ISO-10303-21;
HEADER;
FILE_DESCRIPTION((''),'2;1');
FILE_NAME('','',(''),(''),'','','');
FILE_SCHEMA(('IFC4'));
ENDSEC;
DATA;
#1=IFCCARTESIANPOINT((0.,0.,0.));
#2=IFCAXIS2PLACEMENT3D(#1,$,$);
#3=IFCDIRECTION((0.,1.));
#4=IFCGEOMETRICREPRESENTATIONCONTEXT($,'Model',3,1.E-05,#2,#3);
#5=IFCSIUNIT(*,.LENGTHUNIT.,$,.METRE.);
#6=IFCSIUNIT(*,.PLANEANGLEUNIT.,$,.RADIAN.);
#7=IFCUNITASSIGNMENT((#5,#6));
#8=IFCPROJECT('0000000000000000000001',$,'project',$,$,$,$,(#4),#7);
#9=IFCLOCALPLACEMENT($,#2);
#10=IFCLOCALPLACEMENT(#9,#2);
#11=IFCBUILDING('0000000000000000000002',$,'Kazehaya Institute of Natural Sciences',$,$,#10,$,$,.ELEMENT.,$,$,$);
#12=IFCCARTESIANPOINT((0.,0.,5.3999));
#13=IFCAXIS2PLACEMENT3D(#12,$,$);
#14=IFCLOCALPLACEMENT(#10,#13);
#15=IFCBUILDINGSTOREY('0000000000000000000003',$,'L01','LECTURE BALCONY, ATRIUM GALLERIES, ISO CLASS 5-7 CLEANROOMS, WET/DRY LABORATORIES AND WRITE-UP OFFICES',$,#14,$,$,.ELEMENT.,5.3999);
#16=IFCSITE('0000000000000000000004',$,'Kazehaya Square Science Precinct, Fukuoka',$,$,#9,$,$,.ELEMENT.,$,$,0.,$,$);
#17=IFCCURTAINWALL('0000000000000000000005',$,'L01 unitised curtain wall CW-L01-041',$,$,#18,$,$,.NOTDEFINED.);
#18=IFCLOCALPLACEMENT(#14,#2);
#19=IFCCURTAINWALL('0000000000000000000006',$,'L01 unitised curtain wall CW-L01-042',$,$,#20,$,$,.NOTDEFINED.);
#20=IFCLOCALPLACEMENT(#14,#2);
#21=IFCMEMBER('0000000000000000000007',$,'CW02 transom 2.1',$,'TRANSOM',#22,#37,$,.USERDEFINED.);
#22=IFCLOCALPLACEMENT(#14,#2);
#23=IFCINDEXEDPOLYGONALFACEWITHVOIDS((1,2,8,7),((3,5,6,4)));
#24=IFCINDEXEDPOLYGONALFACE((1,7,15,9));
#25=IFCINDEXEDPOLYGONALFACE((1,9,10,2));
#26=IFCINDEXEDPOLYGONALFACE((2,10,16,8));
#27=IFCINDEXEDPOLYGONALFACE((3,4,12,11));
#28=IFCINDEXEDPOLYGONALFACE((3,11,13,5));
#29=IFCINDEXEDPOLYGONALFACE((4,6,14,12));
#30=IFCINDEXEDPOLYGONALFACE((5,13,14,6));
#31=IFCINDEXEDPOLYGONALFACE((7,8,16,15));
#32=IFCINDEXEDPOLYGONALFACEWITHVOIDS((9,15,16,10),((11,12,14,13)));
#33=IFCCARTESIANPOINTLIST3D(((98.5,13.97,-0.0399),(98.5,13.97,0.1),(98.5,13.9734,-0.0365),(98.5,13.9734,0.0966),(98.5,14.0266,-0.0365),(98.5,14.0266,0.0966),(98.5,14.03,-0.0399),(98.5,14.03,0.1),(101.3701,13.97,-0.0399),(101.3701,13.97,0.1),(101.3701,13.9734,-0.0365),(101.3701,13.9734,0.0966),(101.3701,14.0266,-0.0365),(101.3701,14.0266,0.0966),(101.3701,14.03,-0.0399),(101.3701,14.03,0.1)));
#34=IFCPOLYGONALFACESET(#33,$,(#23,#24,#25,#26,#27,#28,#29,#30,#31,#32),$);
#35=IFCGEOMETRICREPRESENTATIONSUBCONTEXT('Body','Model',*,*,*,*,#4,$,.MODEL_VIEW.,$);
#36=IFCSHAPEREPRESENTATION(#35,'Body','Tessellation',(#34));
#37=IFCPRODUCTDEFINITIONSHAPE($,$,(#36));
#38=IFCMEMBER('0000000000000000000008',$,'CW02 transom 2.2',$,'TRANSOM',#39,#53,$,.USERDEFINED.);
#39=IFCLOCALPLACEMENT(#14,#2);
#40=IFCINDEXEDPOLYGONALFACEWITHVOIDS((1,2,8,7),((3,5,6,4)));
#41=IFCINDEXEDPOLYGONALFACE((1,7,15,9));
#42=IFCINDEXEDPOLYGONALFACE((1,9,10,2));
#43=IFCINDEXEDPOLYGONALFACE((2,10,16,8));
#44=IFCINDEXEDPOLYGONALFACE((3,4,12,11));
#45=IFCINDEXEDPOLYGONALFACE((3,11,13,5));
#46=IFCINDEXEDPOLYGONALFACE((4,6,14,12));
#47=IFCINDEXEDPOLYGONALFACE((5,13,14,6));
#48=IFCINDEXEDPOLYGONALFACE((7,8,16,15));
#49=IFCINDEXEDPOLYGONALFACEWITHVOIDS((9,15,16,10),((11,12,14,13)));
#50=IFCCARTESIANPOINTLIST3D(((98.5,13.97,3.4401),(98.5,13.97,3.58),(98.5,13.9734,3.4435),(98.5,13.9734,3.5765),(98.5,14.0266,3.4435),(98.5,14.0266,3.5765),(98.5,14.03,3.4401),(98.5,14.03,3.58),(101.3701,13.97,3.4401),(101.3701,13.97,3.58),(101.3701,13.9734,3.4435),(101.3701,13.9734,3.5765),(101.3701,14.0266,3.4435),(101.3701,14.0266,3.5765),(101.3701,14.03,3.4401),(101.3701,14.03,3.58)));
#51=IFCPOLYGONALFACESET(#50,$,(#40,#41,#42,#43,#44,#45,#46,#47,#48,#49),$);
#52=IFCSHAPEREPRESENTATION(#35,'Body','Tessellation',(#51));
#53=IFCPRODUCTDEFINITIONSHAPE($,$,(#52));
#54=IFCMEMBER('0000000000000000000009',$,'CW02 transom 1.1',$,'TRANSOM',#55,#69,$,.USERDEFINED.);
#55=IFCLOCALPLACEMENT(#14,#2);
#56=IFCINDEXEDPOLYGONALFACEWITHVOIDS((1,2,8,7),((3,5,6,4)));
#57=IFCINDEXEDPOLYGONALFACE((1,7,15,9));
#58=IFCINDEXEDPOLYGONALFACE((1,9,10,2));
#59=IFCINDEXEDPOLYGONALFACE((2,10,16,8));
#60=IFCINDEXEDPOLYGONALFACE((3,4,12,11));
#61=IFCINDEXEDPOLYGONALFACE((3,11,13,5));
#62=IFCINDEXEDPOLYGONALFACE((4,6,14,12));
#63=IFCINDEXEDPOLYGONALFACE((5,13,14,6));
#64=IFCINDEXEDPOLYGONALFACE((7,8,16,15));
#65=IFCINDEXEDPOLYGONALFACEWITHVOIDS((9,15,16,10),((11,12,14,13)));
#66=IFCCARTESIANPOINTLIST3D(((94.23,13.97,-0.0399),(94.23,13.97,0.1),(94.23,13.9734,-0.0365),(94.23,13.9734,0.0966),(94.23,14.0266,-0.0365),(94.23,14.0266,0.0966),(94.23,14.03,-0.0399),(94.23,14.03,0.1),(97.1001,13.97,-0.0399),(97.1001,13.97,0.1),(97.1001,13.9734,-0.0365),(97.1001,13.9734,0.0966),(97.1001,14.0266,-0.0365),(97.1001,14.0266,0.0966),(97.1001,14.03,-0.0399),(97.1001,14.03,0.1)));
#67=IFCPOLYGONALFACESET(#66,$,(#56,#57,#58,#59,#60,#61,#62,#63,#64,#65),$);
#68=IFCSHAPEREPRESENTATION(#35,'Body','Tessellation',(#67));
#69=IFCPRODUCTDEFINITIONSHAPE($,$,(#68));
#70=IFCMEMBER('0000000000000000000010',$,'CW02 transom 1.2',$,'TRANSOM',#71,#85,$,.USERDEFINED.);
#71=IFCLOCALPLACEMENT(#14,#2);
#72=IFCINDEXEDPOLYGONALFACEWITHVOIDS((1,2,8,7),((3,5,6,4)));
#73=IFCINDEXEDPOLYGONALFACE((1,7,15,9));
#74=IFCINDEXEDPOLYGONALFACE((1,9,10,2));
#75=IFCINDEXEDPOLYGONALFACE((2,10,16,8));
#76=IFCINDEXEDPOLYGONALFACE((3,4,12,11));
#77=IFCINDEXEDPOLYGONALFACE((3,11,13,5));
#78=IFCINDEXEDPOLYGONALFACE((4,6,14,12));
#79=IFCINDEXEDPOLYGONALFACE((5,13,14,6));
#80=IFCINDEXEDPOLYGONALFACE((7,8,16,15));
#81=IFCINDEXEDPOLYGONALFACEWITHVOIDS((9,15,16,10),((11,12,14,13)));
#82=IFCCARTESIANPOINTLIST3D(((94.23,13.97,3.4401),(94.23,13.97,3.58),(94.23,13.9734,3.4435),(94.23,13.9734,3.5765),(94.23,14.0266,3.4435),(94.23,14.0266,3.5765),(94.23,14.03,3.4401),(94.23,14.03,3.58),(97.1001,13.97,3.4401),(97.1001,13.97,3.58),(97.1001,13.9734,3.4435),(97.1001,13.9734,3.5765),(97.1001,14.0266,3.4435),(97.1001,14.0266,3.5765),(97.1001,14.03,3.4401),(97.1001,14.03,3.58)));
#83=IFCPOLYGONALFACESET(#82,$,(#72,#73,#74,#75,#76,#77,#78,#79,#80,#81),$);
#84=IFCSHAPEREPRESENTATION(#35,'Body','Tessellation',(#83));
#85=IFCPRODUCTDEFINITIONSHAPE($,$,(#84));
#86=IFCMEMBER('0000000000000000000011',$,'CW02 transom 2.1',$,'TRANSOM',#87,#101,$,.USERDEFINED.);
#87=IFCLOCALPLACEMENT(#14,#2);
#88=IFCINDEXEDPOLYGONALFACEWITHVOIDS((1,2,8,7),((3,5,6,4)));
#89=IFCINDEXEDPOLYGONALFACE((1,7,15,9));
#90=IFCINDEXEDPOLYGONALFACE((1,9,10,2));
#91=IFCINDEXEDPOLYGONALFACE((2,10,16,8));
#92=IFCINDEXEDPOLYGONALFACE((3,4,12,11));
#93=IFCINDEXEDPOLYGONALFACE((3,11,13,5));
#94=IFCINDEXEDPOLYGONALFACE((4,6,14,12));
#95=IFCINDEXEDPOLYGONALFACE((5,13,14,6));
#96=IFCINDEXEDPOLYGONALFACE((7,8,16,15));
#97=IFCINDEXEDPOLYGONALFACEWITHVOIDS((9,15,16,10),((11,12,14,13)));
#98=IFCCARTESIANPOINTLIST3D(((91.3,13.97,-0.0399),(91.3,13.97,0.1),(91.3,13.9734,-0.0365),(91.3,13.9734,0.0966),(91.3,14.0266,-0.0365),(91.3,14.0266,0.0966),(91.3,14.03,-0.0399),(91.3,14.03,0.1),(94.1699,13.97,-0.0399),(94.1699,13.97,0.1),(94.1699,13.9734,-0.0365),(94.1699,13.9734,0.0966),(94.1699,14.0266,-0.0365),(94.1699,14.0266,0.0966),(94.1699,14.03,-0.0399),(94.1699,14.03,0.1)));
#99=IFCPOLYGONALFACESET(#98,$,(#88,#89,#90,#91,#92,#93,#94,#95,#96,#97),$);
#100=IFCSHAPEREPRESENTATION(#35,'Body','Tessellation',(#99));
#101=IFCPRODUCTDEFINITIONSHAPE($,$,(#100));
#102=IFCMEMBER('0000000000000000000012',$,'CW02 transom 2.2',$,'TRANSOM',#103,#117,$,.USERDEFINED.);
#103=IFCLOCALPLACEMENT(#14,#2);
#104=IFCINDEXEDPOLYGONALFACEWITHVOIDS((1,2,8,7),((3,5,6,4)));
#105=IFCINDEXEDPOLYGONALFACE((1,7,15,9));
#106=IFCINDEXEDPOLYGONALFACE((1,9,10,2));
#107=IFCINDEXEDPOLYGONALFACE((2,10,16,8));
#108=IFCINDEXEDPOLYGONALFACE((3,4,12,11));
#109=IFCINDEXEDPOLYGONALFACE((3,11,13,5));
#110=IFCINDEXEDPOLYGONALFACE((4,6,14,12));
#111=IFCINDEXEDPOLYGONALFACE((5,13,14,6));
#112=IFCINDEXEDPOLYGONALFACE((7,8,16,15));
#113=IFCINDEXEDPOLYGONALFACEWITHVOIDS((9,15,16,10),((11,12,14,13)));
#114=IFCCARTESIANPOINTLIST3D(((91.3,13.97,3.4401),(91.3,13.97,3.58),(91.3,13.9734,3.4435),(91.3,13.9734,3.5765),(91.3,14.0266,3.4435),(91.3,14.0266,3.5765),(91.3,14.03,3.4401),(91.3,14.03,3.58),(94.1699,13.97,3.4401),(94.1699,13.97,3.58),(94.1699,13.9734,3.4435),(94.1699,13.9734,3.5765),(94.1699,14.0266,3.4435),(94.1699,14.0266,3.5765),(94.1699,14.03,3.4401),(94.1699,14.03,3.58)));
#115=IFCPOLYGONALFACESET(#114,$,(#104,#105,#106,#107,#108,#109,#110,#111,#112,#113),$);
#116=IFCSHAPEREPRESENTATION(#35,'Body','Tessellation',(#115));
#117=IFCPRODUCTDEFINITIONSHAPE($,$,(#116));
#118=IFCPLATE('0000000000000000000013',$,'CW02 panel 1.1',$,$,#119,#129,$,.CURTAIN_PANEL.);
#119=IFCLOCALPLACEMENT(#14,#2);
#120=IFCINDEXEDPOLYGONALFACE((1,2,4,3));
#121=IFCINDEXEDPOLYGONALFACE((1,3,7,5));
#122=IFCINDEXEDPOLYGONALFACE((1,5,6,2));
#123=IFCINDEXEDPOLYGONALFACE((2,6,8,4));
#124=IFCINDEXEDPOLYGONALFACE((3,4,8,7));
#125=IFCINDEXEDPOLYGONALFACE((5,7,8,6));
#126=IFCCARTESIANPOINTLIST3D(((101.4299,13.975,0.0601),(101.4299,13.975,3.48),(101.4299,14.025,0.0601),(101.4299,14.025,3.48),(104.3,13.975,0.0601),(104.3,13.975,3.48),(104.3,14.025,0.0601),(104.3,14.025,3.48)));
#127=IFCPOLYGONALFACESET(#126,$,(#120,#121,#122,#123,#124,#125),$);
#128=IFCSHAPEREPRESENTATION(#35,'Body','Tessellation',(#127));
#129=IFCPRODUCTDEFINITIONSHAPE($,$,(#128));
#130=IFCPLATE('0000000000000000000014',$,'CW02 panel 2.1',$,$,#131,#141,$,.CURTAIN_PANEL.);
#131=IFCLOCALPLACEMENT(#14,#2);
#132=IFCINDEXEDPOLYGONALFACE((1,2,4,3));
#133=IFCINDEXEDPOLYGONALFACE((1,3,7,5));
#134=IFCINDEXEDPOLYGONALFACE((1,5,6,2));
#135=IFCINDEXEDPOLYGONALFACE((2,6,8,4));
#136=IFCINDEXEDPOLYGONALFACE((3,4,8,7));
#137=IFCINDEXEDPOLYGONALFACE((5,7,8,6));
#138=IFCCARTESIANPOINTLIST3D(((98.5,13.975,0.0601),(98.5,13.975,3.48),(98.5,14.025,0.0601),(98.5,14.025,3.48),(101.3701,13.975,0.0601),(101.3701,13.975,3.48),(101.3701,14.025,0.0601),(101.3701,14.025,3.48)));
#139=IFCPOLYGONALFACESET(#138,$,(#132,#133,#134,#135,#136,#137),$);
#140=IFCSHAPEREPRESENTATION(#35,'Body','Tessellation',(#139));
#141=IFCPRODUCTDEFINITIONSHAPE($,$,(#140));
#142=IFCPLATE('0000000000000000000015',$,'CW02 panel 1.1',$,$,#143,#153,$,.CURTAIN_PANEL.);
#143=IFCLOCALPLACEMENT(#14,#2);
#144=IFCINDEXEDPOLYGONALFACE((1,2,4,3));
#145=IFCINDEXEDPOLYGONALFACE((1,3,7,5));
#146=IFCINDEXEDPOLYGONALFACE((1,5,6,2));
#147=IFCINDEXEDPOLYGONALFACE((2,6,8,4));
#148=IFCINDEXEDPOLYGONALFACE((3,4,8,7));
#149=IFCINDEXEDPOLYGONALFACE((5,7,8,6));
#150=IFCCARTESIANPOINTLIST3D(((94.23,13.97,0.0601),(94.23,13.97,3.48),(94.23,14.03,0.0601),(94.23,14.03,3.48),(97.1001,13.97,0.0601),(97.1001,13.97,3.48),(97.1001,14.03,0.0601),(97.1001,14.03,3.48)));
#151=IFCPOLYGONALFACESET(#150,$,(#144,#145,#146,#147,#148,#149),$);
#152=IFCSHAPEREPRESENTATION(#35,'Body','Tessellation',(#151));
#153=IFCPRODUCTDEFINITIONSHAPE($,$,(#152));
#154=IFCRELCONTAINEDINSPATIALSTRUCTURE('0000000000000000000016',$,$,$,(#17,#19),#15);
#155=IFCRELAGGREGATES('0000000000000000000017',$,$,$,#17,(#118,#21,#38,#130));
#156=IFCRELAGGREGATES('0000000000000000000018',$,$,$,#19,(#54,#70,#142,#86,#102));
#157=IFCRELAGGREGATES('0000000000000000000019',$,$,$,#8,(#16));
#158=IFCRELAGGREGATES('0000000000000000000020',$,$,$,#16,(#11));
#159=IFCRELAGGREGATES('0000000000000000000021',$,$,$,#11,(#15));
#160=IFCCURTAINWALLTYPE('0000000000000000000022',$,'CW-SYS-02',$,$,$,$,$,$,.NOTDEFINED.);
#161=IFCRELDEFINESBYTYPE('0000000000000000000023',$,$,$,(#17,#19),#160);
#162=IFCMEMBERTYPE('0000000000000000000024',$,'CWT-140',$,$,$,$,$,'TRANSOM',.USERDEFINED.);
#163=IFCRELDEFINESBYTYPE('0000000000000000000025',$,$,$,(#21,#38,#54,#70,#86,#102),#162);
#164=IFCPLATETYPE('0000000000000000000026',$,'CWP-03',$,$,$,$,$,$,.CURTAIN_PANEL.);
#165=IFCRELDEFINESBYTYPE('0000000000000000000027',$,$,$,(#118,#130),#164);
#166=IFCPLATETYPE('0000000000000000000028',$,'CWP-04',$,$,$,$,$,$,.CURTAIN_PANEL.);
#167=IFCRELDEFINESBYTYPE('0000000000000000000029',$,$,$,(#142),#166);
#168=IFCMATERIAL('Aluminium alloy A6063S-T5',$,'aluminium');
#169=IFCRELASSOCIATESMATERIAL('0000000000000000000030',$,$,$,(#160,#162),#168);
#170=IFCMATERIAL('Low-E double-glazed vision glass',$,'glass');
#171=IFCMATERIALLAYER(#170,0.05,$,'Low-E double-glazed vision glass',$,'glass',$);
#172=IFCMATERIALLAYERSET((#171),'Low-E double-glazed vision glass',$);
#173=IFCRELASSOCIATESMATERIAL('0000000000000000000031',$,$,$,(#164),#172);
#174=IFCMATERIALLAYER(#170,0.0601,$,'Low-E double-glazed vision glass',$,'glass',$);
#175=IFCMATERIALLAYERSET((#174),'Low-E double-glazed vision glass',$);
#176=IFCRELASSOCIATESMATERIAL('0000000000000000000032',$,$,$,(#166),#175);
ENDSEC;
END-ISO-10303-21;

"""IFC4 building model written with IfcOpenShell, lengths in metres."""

from ifc_helpers import new_model, si_unit, direction, frame, origin, origin_2d, place, context, subcontext, project, spatial, rectangle, hollow_rectangle, extrude, material, layer, layer_set, material_profile, profile_set, type_object, element, aggregate, save


model = new_model("IFC4")

# Units and contexts
model_context = context("Model", 3, precision=1e-05, world=origin(), true_north=direction((0.0, 1.0)))
body_context = subcontext(model_context, "Body", "Model", "MODEL_VIEW")
ifc_project = project(units=[si_unit("LENGTHUNIT", "METRE"), si_unit("PLANEANGLEUNIT", "RADIAN")], contexts=[model_context])

# Site, building, storey
site_placement = place(None, origin())
site = spatial("IfcSite", under=ifc_project, at=site_placement, Name="Kazehaya Square Science Precinct, Fukuoka", CompositionType="ELEMENT", RefElevation=0.0)
building_placement = place(site_placement, origin())
building = spatial("IfcBuilding", under=site, at=building_placement, Name="Kazehaya Institute of Natural Sciences", CompositionType="ELEMENT")
storey_placement = place(building_placement, frame((0.0, 0.0, 5.3999)))
storey = spatial("IfcBuildingStorey", under=building, at=storey_placement, Name="L01", Description="LECTURE BALCONY, ATRIUM GALLERIES, ISO CLASS 5-7 CLEANROOMS, WET/DRY LABORATORIES AND WRITE-UP OFFICES", CompositionType="ELEMENT", Elevation=5.3999)

# Curtain walls
ifc_material_1 = material(Name="Aluminium alloy A6063S-T5", Category="aluminium")
curtain_wall_type = type_object("IfcCurtainWallType", Name="CW-SYS-02", PredefinedType="NOTDEFINED", material=ifc_material_1)
curtain_wall_1_placement = place(storey_placement, origin())
curtain_wall_1 = element("IfcCurtainWall", 1, at=curtain_wall_1_placement, inside=storey, type_object=curtain_wall_type, Name="L01 unitised curtain wall CW-L01-041", PredefinedType="NOTDEFINED")
curtain_wall_2_placement = place(storey_placement, origin())
curtain_wall_2 = element("IfcCurtainWall", 2, at=curtain_wall_2_placement, inside=storey, type_object=curtain_wall_type, Name="L01 unitised curtain wall CW-L01-042", PredefinedType="NOTDEFINED")

# Members
ifc_material_profile_1 = material_profile(ifc_material_1, hollow_rectangle(XDim=0.0601, YDim=0.1399, WallThickness=0.0034, at=origin_2d()), Name="ALU-60x140x3.5")
ifc_profile_set_1 = profile_set([ifc_material_profile_1], Name="Aluminium alloy A6063S-T5")
member_type_1 = type_object("IfcMemberType", Name="CWT-140", ElementType="TRANSOM", PredefinedType="USERDEFINED", material=ifc_profile_set_1)
member_1_placement = place(storey_placement, frame((101.3701, 14.0, 0.03), z_axis=(-1.0, 0.0, 0.0), x_axis=(0.0, -1.0, 0.0)))
member_1 = element("IfcMember", 3, at=member_1_placement, type_object=member_type_1, Name="CW02 transom 2.1", ObjectType="TRANSOM", PredefinedType="USERDEFINED", context=body_context, shape_type="SweptSolid", body=[
    extrude(hollow_rectangle(XDim=0.0601, YDim=0.1399, WallThickness=0.0034, at=origin_2d()), origin(), (0.0, 0.0, 1.0), 2.8701),
])
member_2_placement = place(storey_placement, frame((101.3701, 14.0, 3.51), z_axis=(-1.0, 0.0, 0.0), x_axis=(0.0, -1.0, 0.0)))
member_2 = element("IfcMember", 4, at=member_2_placement, type_object=member_type_1, Name="CW02 transom 2.2", ObjectType="TRANSOM", PredefinedType="USERDEFINED", context=body_context, shape_type="SweptSolid", body=[
    extrude(hollow_rectangle(XDim=0.0601, YDim=0.1399, WallThickness=0.0034, at=origin_2d()), origin(), (0.0, 0.0, 1.0), 2.8701),
])
member_3_placement = place(storey_placement, frame((97.1001, 14.0, 0.03), z_axis=(-1.0, 0.0, 0.0), x_axis=(0.0, -1.0, 0.0)))
member_3 = element("IfcMember", 5, at=member_3_placement, type_object=member_type_1, Name="CW02 transom 1.1", ObjectType="TRANSOM", PredefinedType="USERDEFINED", context=body_context, shape_type="SweptSolid", body=[
    extrude(hollow_rectangle(XDim=0.0601, YDim=0.1399, WallThickness=0.0034, at=origin_2d()), origin(), (0.0, 0.0, 1.0), 2.8701),
])
member_4_placement = place(storey_placement, frame((97.1001, 14.0, 3.51), z_axis=(-1.0, 0.0, 0.0), x_axis=(0.0, -1.0, 0.0)))
member_4 = element("IfcMember", 6, at=member_4_placement, type_object=member_type_1, Name="CW02 transom 1.2", ObjectType="TRANSOM", PredefinedType="USERDEFINED", context=body_context, shape_type="SweptSolid", body=[
    extrude(hollow_rectangle(XDim=0.0601, YDim=0.1399, WallThickness=0.0034, at=origin_2d()), origin(), (0.0, 0.0, 1.0), 2.8701),
])
member_5_placement = place(storey_placement, frame((94.1699, 14.0, 0.03), z_axis=(-1.0, 0.0, 0.0), x_axis=(0.0, -1.0, 0.0)))
member_5 = element("IfcMember", 7, at=member_5_placement, type_object=member_type_1, Name="CW02 transom 2.1", ObjectType="TRANSOM", PredefinedType="USERDEFINED", context=body_context, shape_type="SweptSolid", body=[
    extrude(hollow_rectangle(XDim=0.0601, YDim=0.1399, WallThickness=0.0034, at=origin_2d()), origin(), (0.0, 0.0, 1.0), 2.8699),
])
member_6_placement = place(storey_placement, frame((94.1699, 14.0, 3.51), z_axis=(-1.0, 0.0, 0.0), x_axis=(0.0, -1.0, 0.0)))
member_6 = element("IfcMember", 8, at=member_6_placement, type_object=member_type_1, Name="CW02 transom 2.2", ObjectType="TRANSOM", PredefinedType="USERDEFINED", context=body_context, shape_type="SweptSolid", body=[
    extrude(hollow_rectangle(XDim=0.0601, YDim=0.1399, WallThickness=0.0034, at=origin_2d()), origin(), (0.0, 0.0, 1.0), 2.8699),
])

# Plates
ifc_material_2 = material(Name="Low-E double-glazed vision glass", Category="glass")
ifc_layer_1 = layer(ifc_material_2, 0.05, Name="Low-E double-glazed vision glass", Category="glass")
ifc_layer_set_1 = layer_set([ifc_layer_1], Name="Low-E double-glazed vision glass")
plate_type_1 = type_object("IfcPlateType", Name="CWP-03", PredefinedType="CURTAIN_PANEL", material=ifc_layer_set_1)
plate_1_placement = place(storey_placement, frame((102.865, 14.0, 0.0601), z_axis=(0.0, 0.0, 1.0), x_axis=(-1.0, 0.0, 0.0)))
plate_1 = element("IfcPlate", 9, at=plate_1_placement, type_object=plate_type_1, Name="CW02 panel 1.1", PredefinedType="CURTAIN_PANEL", context=body_context, shape_type="SweptSolid", body=[
    extrude(rectangle(XDim=2.8701, YDim=0.05, at=origin_2d()), origin(), (0.0, 0.0, 1.0), 3.4199),
])
plate_2_placement = place(storey_placement, frame((99.9351, 14.0, 0.0601), z_axis=(0.0, 0.0, 1.0), x_axis=(-1.0, 0.0, 0.0)))
plate_2 = element("IfcPlate", 10, at=plate_2_placement, type_object=plate_type_1, Name="CW02 panel 2.1", PredefinedType="CURTAIN_PANEL", context=body_context, shape_type="SweptSolid", body=[
    extrude(rectangle(XDim=2.8701, YDim=0.05, at=origin_2d()), origin(), (0.0, 0.0, 1.0), 3.4199),
])
aggregate(curtain_wall_1, [plate_1, member_1, member_2, plate_2])
ifc_layer_2 = layer(ifc_material_2, 0.0601, Name="Low-E double-glazed vision glass", Category="glass")
ifc_layer_set_2 = layer_set([ifc_layer_2], Name="Low-E double-glazed vision glass")
plate_type_2 = type_object("IfcPlateType", Name="CWP-04", PredefinedType="CURTAIN_PANEL", material=ifc_layer_set_2)
plate_3_placement = place(storey_placement, frame((95.665, 14.0, 0.0601), z_axis=(0.0, 0.0, 1.0), x_axis=(-1.0, 0.0, 0.0)))
plate_3 = element("IfcPlate", 11, at=plate_3_placement, type_object=plate_type_2, Name="CW02 panel 1.1", PredefinedType="CURTAIN_PANEL", context=body_context, shape_type="SweptSolid", body=[
    extrude(rectangle(XDim=2.8701, YDim=0.0601, at=origin_2d()), origin(), (0.0, 0.0, 1.0), 3.4199),
])
aggregate(curtain_wall_2, [member_3, member_4, plate_3, member_5, member_6])

save(model, "model.ifc")
